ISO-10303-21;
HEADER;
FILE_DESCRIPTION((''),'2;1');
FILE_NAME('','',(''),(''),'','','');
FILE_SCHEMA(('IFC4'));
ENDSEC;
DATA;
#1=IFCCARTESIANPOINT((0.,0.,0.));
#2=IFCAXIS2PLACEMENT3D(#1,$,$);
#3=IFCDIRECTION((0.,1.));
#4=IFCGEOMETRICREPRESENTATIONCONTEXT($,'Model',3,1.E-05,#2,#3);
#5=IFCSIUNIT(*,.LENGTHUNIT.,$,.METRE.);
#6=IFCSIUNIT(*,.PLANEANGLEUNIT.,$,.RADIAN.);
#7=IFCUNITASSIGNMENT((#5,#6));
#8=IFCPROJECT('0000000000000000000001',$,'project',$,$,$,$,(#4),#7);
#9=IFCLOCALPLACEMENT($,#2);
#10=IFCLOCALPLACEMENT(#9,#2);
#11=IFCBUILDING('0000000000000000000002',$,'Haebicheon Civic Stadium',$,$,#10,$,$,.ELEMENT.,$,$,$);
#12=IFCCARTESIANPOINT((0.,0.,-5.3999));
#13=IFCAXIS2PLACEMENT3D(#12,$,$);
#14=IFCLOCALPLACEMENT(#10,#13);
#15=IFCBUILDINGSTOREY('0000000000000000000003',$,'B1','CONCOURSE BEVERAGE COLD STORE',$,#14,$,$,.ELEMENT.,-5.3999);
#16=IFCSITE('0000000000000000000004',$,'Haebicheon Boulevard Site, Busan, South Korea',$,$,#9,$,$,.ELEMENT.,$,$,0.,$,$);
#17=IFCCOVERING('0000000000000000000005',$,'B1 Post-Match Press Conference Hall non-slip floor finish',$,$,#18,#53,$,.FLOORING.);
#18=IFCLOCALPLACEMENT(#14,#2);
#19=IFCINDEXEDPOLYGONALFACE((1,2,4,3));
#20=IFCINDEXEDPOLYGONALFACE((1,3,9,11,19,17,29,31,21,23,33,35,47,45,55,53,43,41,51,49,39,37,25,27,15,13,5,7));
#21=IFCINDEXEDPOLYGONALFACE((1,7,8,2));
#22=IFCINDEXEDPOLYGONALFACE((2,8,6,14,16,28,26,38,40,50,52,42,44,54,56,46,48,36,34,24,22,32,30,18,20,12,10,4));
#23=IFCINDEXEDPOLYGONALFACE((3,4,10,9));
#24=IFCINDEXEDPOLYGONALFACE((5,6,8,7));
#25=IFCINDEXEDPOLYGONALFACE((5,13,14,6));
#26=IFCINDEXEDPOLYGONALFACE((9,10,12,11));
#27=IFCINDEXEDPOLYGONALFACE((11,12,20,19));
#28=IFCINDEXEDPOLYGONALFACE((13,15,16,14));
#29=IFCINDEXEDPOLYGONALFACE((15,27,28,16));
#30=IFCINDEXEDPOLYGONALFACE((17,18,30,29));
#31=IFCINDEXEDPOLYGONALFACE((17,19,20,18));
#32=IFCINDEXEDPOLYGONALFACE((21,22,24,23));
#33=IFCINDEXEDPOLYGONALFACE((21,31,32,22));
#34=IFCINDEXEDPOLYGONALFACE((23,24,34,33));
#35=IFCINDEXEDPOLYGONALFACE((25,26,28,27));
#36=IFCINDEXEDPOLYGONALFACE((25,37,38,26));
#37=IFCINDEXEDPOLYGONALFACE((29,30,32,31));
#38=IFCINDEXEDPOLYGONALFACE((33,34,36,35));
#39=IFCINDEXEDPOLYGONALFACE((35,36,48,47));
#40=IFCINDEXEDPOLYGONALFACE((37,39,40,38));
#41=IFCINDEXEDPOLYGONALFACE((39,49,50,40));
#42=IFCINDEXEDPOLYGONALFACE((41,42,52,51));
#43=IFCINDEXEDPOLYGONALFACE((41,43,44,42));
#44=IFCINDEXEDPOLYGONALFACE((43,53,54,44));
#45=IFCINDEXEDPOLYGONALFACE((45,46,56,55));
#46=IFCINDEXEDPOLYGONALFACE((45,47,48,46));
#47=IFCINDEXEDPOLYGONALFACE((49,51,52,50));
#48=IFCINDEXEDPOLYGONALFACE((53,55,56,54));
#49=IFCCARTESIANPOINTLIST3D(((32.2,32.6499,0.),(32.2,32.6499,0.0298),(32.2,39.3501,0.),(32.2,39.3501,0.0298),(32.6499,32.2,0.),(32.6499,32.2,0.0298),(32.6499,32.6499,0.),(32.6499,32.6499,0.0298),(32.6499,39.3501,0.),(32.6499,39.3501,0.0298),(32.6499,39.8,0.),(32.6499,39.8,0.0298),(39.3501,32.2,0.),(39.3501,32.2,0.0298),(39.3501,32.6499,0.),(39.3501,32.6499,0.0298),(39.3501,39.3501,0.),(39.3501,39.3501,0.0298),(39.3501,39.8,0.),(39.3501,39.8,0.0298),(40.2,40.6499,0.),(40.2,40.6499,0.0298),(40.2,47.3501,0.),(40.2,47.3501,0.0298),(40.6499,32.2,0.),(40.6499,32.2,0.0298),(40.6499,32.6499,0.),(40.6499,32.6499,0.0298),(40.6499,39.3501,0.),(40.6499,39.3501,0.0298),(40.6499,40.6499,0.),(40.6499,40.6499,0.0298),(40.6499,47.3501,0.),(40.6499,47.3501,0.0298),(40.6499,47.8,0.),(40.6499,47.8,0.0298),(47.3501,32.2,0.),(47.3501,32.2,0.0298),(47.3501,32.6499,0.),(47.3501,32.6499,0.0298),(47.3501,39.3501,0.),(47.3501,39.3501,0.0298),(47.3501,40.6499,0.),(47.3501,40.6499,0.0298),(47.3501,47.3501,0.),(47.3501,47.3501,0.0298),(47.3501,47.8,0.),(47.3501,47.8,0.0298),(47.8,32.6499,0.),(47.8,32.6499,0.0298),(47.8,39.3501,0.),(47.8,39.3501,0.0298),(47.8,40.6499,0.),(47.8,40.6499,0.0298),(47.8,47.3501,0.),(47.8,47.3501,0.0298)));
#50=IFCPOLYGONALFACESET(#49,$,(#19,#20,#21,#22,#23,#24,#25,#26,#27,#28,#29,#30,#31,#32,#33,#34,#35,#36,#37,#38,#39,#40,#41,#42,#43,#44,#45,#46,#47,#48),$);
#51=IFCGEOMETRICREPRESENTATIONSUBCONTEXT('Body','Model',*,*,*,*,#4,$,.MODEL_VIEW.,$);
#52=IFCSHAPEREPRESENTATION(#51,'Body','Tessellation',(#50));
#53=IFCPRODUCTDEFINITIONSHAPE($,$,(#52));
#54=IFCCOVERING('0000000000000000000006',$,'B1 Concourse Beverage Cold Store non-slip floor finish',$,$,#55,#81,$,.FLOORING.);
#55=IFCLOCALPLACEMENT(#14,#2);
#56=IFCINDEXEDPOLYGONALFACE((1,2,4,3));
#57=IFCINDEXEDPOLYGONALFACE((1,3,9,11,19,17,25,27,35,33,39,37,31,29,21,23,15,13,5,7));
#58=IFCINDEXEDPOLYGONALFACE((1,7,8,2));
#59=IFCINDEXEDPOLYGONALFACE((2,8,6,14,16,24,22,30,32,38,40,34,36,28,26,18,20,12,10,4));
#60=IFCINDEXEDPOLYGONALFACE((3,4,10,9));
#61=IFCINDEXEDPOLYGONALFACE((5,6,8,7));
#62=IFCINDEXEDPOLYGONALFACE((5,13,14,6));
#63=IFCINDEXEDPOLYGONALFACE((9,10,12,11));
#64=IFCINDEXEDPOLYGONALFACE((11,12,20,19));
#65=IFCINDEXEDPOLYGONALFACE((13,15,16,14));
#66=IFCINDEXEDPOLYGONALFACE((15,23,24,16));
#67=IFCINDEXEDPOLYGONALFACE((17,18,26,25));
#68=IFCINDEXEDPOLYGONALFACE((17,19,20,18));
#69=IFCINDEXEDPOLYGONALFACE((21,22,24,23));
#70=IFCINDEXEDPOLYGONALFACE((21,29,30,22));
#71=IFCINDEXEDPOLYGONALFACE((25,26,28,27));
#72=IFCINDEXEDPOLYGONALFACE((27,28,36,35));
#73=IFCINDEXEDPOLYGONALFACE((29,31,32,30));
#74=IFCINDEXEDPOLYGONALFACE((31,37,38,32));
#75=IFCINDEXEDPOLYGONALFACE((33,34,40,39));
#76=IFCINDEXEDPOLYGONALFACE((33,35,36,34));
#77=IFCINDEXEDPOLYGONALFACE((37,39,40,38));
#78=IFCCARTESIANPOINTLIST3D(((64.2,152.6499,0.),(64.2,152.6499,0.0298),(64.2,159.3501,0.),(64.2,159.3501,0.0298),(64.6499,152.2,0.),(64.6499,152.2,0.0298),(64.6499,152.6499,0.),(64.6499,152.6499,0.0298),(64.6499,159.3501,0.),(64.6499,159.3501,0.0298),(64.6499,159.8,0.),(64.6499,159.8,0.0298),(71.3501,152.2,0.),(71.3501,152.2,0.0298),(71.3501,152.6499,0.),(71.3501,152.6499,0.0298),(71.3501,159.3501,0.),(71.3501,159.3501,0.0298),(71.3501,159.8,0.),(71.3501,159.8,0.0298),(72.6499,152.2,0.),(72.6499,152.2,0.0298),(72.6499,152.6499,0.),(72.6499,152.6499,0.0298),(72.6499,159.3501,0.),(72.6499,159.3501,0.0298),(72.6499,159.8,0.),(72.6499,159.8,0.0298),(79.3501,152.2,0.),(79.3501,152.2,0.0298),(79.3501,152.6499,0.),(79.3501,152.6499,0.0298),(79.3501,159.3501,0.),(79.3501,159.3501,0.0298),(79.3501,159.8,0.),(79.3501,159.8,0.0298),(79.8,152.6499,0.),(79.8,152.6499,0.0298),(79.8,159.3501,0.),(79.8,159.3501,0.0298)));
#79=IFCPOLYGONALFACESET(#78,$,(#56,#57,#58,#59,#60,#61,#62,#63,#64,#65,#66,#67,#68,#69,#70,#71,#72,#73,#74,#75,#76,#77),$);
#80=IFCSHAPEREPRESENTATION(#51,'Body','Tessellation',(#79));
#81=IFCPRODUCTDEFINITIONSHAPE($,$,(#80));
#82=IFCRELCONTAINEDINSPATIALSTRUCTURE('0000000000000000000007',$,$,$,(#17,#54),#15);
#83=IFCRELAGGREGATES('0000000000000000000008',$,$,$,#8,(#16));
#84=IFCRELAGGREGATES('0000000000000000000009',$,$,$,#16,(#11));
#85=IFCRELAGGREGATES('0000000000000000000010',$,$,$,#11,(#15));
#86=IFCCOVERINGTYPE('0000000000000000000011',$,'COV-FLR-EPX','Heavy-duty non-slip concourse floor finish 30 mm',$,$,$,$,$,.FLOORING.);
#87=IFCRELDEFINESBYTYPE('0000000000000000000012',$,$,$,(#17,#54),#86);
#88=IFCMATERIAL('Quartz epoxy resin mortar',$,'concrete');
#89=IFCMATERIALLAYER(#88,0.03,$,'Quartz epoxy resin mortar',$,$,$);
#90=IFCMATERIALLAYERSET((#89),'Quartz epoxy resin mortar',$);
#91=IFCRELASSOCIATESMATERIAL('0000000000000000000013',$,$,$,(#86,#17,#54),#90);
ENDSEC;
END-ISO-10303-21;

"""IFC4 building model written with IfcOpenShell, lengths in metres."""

from ifc_helpers import new_model, si_unit, direction, frame, origin, place, context, subcontext, project, spatial, polyline, outline, extrude, material, layer, layer_set, type_object, element, save


model = new_model("IFC4")

# Units and contexts
model_context = context("Model", 3, precision=1e-05, world=origin(), true_north=direction((0.0, 1.0)))
body_context = subcontext(model_context, "Body", "Model", "MODEL_VIEW")
ifc_project = project(units=[si_unit("LENGTHUNIT", "METRE"), si_unit("PLANEANGLEUNIT", "RADIAN")], contexts=[model_context])

# Site, building, storey
site_placement = place(None, origin())
site = spatial("IfcSite", under=ifc_project, at=site_placement, Name="Haebicheon Boulevard Site, Busan, South Korea", CompositionType="ELEMENT", RefElevation=0.0)
building_placement = place(site_placement, origin())
building = spatial("IfcBuilding", under=site, at=building_placement, Name="Haebicheon Civic Stadium", CompositionType="ELEMENT")
storey_placement = place(building_placement, frame((0.0, 0.0, -5.3999)))
storey = spatial("IfcBuildingStorey", under=building, at=storey_placement, Name="B1", Description="CONCOURSE BEVERAGE COLD STORE", CompositionType="ELEMENT", Elevation=-5.3999)

# Coverings
ifc_material_1 = material(Name="Quartz epoxy resin mortar", Category="concrete")
ifc_layer_1 = layer(ifc_material_1, 0.03, Name="Quartz epoxy resin mortar")
ifc_layer_set_1 = layer_set([ifc_layer_1], Name="Quartz epoxy resin mortar")
covering_type = type_object("IfcCoveringType", Name="COV-FLR-EPX", Description="Heavy-duty non-slip concourse floor finish 30 mm", PredefinedType="FLOORING", material=ifc_layer_set_1)
covering_1_placement = place(storey_placement, origin())
element("IfcCovering", 1, at=covering_1_placement, inside=storey, type_object=covering_type, material=ifc_layer_set_1, Name="B1 Post-Match Press Conference Hall non-slip floor finish", PredefinedType="FLOORING", context=body_context, shape_type="SweptSolid", body=[
    extrude(outline(polyline([(32.2, 39.3501), (32.6499, 39.3501), (32.6499, 39.8), (39.3501, 39.8), (39.3501, 39.3501), (40.6499, 39.3501), (40.6499, 40.6499), (40.2, 40.6499), (40.2, 47.3501), (40.6499, 47.3501), (40.6499, 47.8), (47.3501, 47.8), (47.3501, 47.3501), (47.8, 47.3501), (47.8, 40.6499), (47.3501, 40.6499), (47.3501, 39.3501), (47.8, 39.3501), (47.8, 32.6499), (47.3501, 32.6499), (47.3501, 32.2), (40.6499, 32.2), (40.6499, 32.6499), (39.3501, 32.6499), (39.3501, 32.2), (32.6499, 32.2), (32.6499, 32.6499), (32.2, 32.6499), (32.2, 39.3501)])), origin(), (0.0, 0.0, 1.0), 0.0298),
])
covering_2_placement = place(storey_placement, origin())
element("IfcCovering", 2, at=covering_2_placement, inside=storey, type_object=covering_type, material=ifc_layer_set_1, Name="B1 Concourse Beverage Cold Store non-slip floor finish", PredefinedType="FLOORING", context=body_context, shape_type="SweptSolid", body=[
    extrude(outline(polyline([(64.2, 159.3501), (64.6499, 159.3501), (64.6499, 159.8), (71.3501, 159.8), (71.3501, 159.3501), (72.6499, 159.3501), (72.6499, 159.8), (79.3501, 159.8), (79.3501, 159.3501), (79.8, 159.3501), (79.8, 152.6499), (79.3501, 152.6499), (79.3501, 152.2), (72.6499, 152.2), (72.6499, 152.6499), (71.3501, 152.6499), (71.3501, 152.2), (64.6499, 152.2), (64.6499, 152.6499), (64.2, 152.6499), (64.2, 159.3501)])), origin(), (0.0, 0.0, 1.0), 0.0298),
])

save(model, "model.ifc")
